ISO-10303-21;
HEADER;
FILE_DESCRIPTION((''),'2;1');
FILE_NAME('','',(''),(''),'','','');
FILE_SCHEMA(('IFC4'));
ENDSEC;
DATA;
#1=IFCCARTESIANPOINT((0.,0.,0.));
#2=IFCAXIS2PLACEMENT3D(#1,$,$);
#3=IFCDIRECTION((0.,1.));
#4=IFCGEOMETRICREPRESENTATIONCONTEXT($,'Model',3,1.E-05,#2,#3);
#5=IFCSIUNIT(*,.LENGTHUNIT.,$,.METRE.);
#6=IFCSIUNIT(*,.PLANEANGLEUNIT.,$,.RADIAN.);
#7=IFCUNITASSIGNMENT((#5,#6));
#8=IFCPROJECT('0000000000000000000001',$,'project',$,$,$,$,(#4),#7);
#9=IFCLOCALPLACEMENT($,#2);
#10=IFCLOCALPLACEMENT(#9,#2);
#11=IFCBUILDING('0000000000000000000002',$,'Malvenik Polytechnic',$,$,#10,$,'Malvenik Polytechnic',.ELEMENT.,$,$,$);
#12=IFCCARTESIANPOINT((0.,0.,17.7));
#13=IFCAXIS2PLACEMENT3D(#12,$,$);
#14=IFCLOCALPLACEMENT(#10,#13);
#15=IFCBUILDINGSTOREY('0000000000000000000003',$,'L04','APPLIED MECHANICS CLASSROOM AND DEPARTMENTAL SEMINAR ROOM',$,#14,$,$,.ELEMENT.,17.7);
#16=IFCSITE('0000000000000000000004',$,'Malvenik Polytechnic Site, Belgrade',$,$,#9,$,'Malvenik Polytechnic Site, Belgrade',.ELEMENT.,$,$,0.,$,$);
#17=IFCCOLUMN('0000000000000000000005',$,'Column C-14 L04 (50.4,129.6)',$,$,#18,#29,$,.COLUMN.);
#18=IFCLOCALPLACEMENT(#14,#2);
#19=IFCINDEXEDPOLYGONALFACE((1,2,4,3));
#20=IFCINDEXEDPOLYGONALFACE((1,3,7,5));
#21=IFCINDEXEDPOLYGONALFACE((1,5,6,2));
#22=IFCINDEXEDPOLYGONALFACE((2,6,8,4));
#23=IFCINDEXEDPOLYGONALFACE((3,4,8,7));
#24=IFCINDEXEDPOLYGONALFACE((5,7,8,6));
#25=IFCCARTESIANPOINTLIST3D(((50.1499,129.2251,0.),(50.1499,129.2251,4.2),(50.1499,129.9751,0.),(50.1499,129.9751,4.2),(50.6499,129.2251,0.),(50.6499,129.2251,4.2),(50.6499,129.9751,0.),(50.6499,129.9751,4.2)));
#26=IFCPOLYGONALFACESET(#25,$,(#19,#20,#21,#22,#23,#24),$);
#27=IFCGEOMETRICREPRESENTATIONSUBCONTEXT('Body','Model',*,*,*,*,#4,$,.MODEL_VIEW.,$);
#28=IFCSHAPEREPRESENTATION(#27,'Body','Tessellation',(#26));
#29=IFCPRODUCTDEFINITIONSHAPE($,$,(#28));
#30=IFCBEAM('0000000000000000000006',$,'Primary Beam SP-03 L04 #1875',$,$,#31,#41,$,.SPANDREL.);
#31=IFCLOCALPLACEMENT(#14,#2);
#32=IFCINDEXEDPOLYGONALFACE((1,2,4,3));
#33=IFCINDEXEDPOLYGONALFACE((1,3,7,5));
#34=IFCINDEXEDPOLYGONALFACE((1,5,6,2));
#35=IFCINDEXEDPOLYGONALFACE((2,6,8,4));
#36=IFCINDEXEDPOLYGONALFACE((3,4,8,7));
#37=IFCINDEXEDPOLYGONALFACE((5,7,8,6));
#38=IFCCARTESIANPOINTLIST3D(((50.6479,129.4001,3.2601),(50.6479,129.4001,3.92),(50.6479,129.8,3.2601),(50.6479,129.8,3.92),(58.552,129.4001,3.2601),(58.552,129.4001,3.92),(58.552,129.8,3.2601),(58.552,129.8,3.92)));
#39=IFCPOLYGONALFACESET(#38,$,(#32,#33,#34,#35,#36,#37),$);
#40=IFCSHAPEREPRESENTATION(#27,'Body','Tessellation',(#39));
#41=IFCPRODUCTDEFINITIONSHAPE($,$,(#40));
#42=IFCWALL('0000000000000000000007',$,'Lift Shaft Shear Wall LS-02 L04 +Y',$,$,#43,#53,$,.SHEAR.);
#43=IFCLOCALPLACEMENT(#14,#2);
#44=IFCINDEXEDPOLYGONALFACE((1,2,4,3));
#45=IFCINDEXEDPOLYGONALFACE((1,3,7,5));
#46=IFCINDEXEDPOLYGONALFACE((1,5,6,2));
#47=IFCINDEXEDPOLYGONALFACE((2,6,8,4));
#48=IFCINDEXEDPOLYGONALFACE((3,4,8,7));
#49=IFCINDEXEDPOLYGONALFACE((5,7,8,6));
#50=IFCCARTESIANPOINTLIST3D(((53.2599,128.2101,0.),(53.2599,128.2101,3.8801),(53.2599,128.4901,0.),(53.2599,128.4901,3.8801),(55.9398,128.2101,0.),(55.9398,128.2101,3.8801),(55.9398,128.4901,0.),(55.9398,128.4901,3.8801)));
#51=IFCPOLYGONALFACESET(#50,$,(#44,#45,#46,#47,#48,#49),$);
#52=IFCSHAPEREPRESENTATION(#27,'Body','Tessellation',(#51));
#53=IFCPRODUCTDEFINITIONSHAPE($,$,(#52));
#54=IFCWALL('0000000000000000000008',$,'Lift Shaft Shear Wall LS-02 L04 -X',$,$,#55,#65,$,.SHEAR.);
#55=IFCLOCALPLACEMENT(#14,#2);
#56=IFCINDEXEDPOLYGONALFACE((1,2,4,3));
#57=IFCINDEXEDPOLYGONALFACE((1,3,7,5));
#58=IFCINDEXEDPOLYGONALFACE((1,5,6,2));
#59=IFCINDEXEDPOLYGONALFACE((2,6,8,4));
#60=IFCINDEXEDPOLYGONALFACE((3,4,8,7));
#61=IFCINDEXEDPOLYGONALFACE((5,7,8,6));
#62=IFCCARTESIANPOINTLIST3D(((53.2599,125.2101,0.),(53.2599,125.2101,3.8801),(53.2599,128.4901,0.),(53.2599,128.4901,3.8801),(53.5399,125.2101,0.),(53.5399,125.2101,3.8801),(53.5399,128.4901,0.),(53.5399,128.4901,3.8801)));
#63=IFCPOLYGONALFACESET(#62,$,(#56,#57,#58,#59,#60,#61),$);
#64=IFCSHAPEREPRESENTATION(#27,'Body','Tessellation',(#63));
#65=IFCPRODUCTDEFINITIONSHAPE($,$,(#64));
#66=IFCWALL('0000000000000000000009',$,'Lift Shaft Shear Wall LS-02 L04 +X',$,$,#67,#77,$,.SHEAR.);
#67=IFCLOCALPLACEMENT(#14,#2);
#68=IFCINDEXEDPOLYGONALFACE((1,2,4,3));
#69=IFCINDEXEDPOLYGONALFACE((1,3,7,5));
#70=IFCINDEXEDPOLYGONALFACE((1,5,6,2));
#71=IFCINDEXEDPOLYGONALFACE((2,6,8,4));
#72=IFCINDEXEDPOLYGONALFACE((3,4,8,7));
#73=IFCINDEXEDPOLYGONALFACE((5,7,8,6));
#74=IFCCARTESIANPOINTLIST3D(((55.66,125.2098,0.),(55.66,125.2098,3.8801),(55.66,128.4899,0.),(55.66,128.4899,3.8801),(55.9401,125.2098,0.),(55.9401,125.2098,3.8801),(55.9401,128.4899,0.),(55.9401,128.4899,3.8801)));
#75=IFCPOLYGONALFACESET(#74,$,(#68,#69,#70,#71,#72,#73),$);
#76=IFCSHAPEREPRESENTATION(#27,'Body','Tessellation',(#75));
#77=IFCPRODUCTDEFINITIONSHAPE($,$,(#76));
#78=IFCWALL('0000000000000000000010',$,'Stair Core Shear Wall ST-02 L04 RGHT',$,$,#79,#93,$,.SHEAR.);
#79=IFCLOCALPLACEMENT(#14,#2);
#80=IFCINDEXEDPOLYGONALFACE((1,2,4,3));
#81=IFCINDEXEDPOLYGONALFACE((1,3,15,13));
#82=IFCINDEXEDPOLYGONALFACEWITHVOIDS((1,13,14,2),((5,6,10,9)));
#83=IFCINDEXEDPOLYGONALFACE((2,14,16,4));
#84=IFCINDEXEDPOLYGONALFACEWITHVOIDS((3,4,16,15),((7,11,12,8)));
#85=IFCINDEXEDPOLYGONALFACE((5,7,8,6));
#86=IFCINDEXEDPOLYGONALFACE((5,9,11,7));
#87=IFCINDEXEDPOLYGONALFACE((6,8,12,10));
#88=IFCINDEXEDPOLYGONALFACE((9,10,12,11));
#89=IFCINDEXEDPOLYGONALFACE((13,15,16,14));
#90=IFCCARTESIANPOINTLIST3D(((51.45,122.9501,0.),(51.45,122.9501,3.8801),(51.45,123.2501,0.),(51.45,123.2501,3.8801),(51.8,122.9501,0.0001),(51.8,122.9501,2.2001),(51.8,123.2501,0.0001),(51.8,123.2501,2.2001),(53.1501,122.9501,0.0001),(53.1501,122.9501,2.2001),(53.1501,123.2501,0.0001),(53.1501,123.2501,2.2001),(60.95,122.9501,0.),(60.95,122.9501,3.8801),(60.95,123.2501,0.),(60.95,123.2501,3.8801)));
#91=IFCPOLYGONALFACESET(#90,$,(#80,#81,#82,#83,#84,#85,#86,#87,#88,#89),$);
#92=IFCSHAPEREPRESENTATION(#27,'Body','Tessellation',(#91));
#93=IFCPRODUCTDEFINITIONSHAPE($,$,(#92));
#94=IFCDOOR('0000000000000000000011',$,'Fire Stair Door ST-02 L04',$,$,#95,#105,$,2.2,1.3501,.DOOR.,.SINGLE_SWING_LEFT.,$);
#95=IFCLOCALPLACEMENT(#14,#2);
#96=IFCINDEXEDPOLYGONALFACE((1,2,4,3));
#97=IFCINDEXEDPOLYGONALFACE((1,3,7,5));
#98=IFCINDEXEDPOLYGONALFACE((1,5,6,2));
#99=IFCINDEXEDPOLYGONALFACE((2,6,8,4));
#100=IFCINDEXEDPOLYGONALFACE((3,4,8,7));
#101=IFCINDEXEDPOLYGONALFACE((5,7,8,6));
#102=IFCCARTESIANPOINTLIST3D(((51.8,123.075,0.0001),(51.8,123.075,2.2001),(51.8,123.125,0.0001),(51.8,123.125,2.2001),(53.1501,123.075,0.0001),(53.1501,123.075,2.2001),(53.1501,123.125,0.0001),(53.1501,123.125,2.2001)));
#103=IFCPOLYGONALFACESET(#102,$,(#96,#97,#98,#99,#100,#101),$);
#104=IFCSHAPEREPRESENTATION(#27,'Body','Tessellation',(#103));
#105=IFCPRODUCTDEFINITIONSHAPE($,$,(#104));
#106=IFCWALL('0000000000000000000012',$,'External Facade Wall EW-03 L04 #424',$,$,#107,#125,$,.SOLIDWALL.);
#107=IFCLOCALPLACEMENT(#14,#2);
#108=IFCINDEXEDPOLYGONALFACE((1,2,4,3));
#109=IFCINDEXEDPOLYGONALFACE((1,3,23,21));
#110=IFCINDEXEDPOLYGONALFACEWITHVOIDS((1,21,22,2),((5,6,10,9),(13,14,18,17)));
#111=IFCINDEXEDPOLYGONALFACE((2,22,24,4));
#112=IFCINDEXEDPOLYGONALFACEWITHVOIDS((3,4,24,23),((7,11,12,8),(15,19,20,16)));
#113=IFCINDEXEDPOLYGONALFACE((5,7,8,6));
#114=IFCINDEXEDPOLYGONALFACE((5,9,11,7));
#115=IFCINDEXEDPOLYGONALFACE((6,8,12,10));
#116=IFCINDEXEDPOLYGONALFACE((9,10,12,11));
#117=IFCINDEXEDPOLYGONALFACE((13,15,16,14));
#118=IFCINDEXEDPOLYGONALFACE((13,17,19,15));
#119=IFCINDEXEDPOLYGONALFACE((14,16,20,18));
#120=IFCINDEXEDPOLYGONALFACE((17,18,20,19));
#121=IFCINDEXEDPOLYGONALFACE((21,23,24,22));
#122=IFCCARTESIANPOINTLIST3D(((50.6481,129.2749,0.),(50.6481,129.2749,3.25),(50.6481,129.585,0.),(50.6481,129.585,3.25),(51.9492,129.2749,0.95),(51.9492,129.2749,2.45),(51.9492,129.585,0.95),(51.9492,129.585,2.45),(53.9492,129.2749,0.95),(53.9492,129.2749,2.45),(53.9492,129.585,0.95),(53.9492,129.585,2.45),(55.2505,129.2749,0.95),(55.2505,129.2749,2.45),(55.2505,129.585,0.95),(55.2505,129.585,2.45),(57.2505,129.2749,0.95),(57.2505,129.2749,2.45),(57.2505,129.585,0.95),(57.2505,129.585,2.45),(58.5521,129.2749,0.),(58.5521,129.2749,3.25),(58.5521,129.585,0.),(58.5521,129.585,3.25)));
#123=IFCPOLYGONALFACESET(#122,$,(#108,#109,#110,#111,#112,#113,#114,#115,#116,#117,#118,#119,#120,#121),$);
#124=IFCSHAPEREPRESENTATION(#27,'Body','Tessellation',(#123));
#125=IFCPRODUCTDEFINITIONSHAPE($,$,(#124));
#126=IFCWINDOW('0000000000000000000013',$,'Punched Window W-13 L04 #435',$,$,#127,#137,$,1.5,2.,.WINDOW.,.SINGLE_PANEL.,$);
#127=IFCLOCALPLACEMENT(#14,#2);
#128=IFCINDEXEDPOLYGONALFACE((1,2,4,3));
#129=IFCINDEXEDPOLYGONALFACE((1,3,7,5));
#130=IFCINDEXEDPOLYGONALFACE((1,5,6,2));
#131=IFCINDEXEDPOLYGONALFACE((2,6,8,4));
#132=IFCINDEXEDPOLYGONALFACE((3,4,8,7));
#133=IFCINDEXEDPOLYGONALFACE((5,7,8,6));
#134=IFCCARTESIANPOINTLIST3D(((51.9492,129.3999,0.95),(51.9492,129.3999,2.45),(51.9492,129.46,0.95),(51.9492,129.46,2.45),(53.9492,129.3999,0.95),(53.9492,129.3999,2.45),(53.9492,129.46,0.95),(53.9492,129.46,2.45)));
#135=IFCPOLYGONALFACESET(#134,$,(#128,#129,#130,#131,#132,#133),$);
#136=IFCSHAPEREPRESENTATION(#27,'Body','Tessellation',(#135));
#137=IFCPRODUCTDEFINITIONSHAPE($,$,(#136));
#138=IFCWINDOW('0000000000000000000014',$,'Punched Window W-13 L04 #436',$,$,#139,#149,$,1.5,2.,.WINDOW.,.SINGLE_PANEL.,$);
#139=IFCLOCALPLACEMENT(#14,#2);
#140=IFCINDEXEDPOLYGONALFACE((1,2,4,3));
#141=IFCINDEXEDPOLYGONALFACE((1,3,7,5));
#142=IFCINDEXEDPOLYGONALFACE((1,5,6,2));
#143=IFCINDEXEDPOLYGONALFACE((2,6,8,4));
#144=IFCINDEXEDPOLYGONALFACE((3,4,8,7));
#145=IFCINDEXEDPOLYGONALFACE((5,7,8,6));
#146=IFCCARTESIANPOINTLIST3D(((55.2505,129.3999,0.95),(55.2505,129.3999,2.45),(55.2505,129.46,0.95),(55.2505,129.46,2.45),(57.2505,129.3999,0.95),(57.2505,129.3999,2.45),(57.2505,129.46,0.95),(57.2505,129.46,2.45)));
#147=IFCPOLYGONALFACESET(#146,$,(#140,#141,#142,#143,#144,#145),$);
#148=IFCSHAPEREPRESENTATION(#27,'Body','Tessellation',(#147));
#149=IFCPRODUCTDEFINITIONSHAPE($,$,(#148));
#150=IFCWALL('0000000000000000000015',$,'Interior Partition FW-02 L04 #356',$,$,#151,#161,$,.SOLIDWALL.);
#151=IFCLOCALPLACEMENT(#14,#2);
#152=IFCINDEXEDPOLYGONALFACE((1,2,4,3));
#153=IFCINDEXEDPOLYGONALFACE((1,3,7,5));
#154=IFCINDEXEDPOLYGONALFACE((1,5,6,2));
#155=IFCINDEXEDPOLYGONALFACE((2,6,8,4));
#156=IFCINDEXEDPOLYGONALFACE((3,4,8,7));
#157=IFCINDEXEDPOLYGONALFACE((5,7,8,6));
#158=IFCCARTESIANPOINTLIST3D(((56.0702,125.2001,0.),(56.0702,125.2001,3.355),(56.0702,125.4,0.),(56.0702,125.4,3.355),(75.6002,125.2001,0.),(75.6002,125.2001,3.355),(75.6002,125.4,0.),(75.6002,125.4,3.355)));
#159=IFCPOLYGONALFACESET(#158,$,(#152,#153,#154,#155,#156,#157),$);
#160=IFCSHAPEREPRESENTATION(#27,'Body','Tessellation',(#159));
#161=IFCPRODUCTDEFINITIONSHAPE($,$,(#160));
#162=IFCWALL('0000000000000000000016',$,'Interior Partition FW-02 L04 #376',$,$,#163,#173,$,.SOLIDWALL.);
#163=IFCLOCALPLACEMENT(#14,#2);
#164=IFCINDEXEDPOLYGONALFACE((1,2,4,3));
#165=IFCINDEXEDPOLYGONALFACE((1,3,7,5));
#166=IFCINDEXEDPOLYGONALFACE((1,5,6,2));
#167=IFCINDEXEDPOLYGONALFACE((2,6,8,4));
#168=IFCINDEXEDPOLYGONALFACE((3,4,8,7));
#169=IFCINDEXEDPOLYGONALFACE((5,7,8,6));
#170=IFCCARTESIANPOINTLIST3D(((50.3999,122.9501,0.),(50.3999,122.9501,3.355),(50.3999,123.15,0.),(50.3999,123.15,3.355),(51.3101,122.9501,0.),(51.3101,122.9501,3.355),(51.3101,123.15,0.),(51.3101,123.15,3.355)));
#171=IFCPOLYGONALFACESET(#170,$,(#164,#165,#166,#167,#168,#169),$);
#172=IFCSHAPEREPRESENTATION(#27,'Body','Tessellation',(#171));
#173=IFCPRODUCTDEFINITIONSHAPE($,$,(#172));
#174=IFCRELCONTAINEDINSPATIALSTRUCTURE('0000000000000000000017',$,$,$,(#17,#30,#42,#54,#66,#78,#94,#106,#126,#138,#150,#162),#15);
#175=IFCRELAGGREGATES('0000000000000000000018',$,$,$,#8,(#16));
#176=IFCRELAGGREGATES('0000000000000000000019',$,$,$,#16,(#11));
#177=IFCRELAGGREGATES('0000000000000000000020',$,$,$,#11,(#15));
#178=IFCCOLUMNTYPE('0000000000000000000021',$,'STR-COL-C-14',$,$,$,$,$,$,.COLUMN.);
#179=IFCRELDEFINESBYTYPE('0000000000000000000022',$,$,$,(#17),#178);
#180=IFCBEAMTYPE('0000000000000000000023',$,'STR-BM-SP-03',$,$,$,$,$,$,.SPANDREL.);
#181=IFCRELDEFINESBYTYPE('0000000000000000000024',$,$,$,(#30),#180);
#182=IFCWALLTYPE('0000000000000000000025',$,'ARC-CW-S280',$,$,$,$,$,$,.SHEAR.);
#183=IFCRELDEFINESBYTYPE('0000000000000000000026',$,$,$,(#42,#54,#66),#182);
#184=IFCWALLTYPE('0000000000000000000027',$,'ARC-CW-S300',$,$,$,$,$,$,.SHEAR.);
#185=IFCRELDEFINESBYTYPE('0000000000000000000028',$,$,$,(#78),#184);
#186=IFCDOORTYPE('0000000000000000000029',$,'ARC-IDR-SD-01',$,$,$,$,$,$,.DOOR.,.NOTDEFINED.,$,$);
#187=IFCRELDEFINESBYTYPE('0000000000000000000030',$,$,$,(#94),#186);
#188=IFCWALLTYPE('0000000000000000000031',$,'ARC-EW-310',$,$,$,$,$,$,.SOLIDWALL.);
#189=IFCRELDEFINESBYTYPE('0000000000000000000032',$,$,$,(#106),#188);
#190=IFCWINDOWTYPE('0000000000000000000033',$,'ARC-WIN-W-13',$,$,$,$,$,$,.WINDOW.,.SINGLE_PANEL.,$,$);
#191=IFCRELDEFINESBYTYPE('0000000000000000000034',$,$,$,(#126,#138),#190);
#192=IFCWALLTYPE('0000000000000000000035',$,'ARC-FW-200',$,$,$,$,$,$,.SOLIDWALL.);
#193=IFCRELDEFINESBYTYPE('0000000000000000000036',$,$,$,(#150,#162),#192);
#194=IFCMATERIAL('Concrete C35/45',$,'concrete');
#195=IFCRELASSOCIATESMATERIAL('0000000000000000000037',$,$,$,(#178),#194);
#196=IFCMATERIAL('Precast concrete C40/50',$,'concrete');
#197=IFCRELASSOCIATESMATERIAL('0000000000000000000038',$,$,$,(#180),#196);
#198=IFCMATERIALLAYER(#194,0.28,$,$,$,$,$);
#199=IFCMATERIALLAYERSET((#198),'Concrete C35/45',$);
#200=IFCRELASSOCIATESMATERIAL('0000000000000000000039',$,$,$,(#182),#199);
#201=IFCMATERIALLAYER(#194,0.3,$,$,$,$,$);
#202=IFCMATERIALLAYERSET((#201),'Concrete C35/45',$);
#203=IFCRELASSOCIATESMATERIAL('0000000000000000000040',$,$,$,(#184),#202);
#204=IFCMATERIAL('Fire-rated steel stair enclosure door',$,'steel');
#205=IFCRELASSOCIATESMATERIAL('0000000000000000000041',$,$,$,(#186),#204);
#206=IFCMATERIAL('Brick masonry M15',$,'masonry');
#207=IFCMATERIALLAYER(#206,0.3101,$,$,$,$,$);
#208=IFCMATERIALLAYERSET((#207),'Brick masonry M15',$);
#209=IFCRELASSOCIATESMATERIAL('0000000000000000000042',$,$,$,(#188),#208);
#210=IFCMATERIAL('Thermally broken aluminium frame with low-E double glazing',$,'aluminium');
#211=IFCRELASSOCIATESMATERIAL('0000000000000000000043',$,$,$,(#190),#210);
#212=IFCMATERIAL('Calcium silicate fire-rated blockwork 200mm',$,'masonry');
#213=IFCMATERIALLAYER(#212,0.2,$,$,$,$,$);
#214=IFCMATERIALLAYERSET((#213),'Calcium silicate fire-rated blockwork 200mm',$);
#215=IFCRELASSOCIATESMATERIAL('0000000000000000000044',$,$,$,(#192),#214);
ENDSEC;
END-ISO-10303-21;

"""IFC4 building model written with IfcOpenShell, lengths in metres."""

from ifc_helpers import new_model, si_unit, direction, frame, frame_2d, origin, origin_2d, place, context, subcontext, project, spatial, rectangle, extrude, material, layer, layer_set, material_profile, profile_set, type_object, element, fill, save


model = new_model("IFC4")

# Units and contexts
model_context = context("Model", 3, precision=1e-05, world=origin(), true_north=direction((0.0, 1.0)))
body_context = subcontext(model_context, "Body", "Model", "MODEL_VIEW")
ifc_project = project(units=[si_unit("LENGTHUNIT", "METRE"), si_unit("PLANEANGLEUNIT", "RADIAN")], contexts=[model_context])

# Site, building, storey
site_placement = place(None, origin())
site = spatial("IfcSite", under=ifc_project, at=site_placement, Name="Malvenik Polytechnic Site, Belgrade", LongName="Malvenik Polytechnic Site, Belgrade", CompositionType="ELEMENT", RefElevation=0.0)
building_placement = place(site_placement, origin())
building = spatial("IfcBuilding", under=site, at=building_placement, Name="Malvenik Polytechnic", LongName="Malvenik Polytechnic", CompositionType="ELEMENT")
storey_placement = place(building_placement, frame((0.0, 0.0, 17.7)))
storey = spatial("IfcBuildingStorey", under=building, at=storey_placement, Name="L04", Description="APPLIED MECHANICS CLASSROOM AND DEPARTMENTAL SEMINAR ROOM", CompositionType="ELEMENT", Elevation=17.7)

# Column
ifc_material_1 = material(Name="Concrete C35/45", Category="concrete")
ifc_material_profile_1 = material_profile(ifc_material_1, rectangle(XDim=0.5, YDim=0.75, at=origin_2d()), Name="RC COL 750x500")
ifc_profile_set_1 = profile_set([ifc_material_profile_1], Name="Concrete C35/45")
column_type = type_object("IfcColumnType", Name="STR-COL-C-14", PredefinedType="COLUMN", material=ifc_profile_set_1)
column_placement = place(storey_placement, frame((50.3999, 129.6001, 0.0), z_axis=(0.0, 0.0, 1.0), x_axis=(1.0, 0.0, 0.0)))
element("IfcColumn", 1, at=column_placement, inside=storey, type_object=column_type, Name="Column C-14 L04 (50.4,129.6)", PredefinedType="COLUMN", context=body_context, shape_type="SweptSolid", body=[
    extrude(rectangle(XDim=0.5, YDim=0.75, at=origin_2d()), origin(), (0.0, 0.0, 1.0), 4.2),
])

# Beam
ifc_material_2 = material(Name="Precast concrete C40/50", Category="concrete")
ifc_material_profile_2 = material_profile(ifc_material_2, rectangle(XDim=0.3999, YDim=0.6599, at=origin_2d()), Name="PC SPN 400x660")
ifc_profile_set_2 = profile_set([ifc_material_profile_2], Name="Precast concrete C40/50")
beam_type = type_object("IfcBeamType", Name="STR-BM-SP-03", PredefinedType="SPANDREL", material=ifc_profile_set_2)
beam_placement = place(storey_placement, frame((50.6479, 129.6001, 3.5901), z_axis=(1.0, 0.0, 0.0), x_axis=(0.0, 1.0, 0.0)))
element("IfcBeam", 2, at=beam_placement, inside=storey, type_object=beam_type, Name="Primary Beam SP-03 L04 #1875", PredefinedType="SPANDREL", context=body_context, shape_type="SweptSolid", body=[
    extrude(rectangle(XDim=0.3999, YDim=0.6599, at=origin_2d()), origin(), (0.0, 0.0, 1.0), 7.9041),
])

# Shared definitions
ifc_layer_1 = layer(ifc_material_1, 0.28)
ifc_layer_set_1 = layer_set([ifc_layer_1], Name="Concrete C35/45")
wall_type_1 = type_object("IfcWallType", Name="ARC-CW-S280", PredefinedType="SHEAR", material=ifc_layer_set_1)

# Walls
wall_1_placement = place(storey_placement, frame((53.26, 128.3501, 0.0), z_axis=(0.0, 0.0, 1.0), x_axis=(1.0, 0.0, 0.0)))
element("IfcWall", 3, at=wall_1_placement, inside=storey, type_object=wall_type_1, Name="Lift Shaft Shear Wall LS-02 L04 +Y", PredefinedType="SHEAR", context=body_context, shape_type="SweptSolid", body=[
    extrude(rectangle(XDim=2.6799, YDim=0.28, at=frame_2d((1.3398, 0.0))), origin(), (0.0, 0.0, 1.0), 3.8801),
])
for number, where, z_axis, x_axis, name in (
    (4, (53.3999, 125.21, 0.0), (0.0, 0.0, 1.0), (0.0, 1.0, 0.0), "Lift Shaft Shear Wall LS-02 L04 -X"),
    (5, (55.8, 128.49, 0.0), (0.0, 0.0, 1.0), (0.0, -1.0, 0.0), "Lift Shaft Shear Wall LS-02 L04 +X"),
):
    element("IfcWall", number, at=place(storey_placement, frame(where, z_axis=z_axis, x_axis=x_axis)), inside=storey, type_object=wall_type_1, Name=name, PredefinedType="SHEAR", context=body_context, shape_type="SweptSolid", body=[
        extrude(rectangle(XDim=3.28, YDim=0.28, at=frame_2d((1.6401, 0.0))), origin(), (0.0, 0.0, 1.0), 3.8801),
    ])

# Wall, opening, door
ifc_layer_2 = layer(ifc_material_1, 0.3)
ifc_layer_set_2 = layer_set([ifc_layer_2], Name="Concrete C35/45")
wall_type_2 = type_object("IfcWallType", Name="ARC-CW-S300", PredefinedType="SHEAR", material=ifc_layer_set_2)
wall_2_placement = place(storey_placement, frame((51.45, 123.1001, 0.0), z_axis=(0.0, 0.0, 1.0), x_axis=(1.0, 0.0, 0.0)))
wall_2 = element("IfcWall", 6, at=wall_2_placement, inside=storey, type_object=wall_type_2, Name="Stair Core Shear Wall ST-02 L04 RGHT", PredefinedType="SHEAR", context=body_context, shape_type="SweptSolid", body=[
    extrude(rectangle(XDim=9.5, YDim=0.3, at=frame_2d((4.75, 0.0))), origin(), (0.0, 0.0, 1.0), 3.8801),
])
opening_1_placement = place(wall_2_placement, frame((0.3501, 0.0, 0.0)))
opening_1 = element("IfcOpeningElement", 7, at=opening_1_placement, cuts=wall_2, PredefinedType="OPENING", context=body_context, shape_type="SweptSolid", body=[
    extrude(rectangle(XDim=1.3501, YDim=2.2, at=frame_2d((0.675, 1.1001))), frame((0.0, 0.1602, 0.0), z_axis=(0.0, -1.0, 0.0), x_axis=(1.0, 0.0, 0.0)), (0.0, 0.0, 1.0), 0.3201),
])
ifc_material_3 = material(Name="Fire-rated steel stair enclosure door", Category="steel")
door_type_1 = type_object("IfcDoorType", Name="ARC-IDR-SD-01", OperationType="NOTDEFINED", PredefinedType="DOOR", material=ifc_material_3)
door_1_placement = place(opening_1_placement, origin())
door_1 = element("IfcDoor", 8, at=door_1_placement, inside=storey, type_object=door_type_1, Name="Fire Stair Door ST-02 L04", OperationType="SINGLE_SWING_LEFT", OverallHeight=2.2, OverallWidth=1.3501, PredefinedType="DOOR", context=body_context, shape_type="SweptSolid", body=[
    extrude(rectangle(XDim=1.3501, YDim=2.2, at=frame_2d((0.675, 1.1001))), frame((0.0, 0.0249, 0.0), z_axis=(0.0, -1.0, 0.0), x_axis=(1.0, 0.0, 0.0)), (0.0, 0.0, 1.0), 0.05),
])
fill(opening_1, door_1)

# Wall, openings, windows
ifc_material_4 = material(Name="Brick masonry M15", Category="masonry")
ifc_layer_3 = layer(ifc_material_4, 0.3101)
ifc_layer_set_3 = layer_set([ifc_layer_3], Name="Brick masonry M15")
wall_type_3 = type_object("IfcWallType", Name="ARC-EW-310", PredefinedType="SOLIDWALL", material=ifc_layer_set_3)
wall_3_placement = place(storey_placement, frame((50.6479, 129.4299, 0.0), z_axis=(0.0, 0.0, 1.0), x_axis=(1.0, 0.0, 0.0)))
wall_3 = element("IfcWall", 9, at=wall_3_placement, inside=storey, type_object=wall_type_3, Name="External Facade Wall EW-03 L04 #424", PredefinedType="SOLIDWALL", context=body_context, shape_type="SweptSolid", body=[
    extrude(rectangle(XDim=7.9041, YDim=0.3101, at=frame_2d((3.9521, 0.0))), origin(), (0.0, 0.0, 1.0), 3.25),
])
opening_2_placement = place(wall_3_placement, frame((1.3013, 0.0, 0.95)))
opening_2 = element("IfcOpeningElement", 10, at=opening_2_placement, cuts=wall_3, PredefinedType="OPENING", context=body_context, shape_type="SweptSolid", body=[
    extrude(rectangle(XDim=2.0, YDim=1.5, at=frame_2d((1.0, 0.75))), frame((0.0, 0.165, 0.0), z_axis=(0.0, -1.0, 0.0), x_axis=(1.0, 0.0, 0.0)), (0.0, 0.0, 1.0), 0.3301),
])
opening_3_placement = place(wall_3_placement, frame((4.6025, 0.0, 0.95)))
opening_3 = element("IfcOpeningElement", 11, at=opening_3_placement, cuts=wall_3, PredefinedType="OPENING", context=body_context, shape_type="SweptSolid", body=[
    extrude(rectangle(XDim=2.0, YDim=1.5, at=frame_2d((1.0, 0.75))), frame((0.0, 0.165, 0.0), z_axis=(0.0, -1.0, 0.0), x_axis=(1.0, 0.0, 0.0)), (0.0, 0.0, 1.0), 0.3301),
])
ifc_material_5 = material(Name="Thermally broken aluminium frame with low-E double glazing", Category="aluminium")
window_type = type_object("IfcWindowType", Name="ARC-WIN-W-13", PartitioningType="SINGLE_PANEL", PredefinedType="WINDOW", material=ifc_material_5)
window_1_placement = place(opening_2_placement, origin())
window_1 = element("IfcWindow", 12, at=window_1_placement, inside=storey, type_object=window_type, Name="Punched Window W-13 L04 #435", OverallHeight=1.5, OverallWidth=2.0, PartitioningType="SINGLE_PANEL", PredefinedType="WINDOW", context=body_context, shape_type="SweptSolid", body=[
    extrude(rectangle(XDim=2.0, YDim=1.5, at=frame_2d((1.0, 0.75))), frame((0.0, 0.03, 0.0), z_axis=(0.0, -1.0, 0.0), x_axis=(1.0, 0.0, 0.0)), (0.0, 0.0, 1.0), 0.0601),
])
fill(opening_2, window_1)
window_2_placement = place(opening_3_placement, origin())
window_2 = element("IfcWindow", 13, at=window_2_placement, inside=storey, type_object=window_type, Name="Punched Window W-13 L04 #436", OverallHeight=1.5, OverallWidth=2.0, PartitioningType="SINGLE_PANEL", PredefinedType="WINDOW", context=body_context, shape_type="SweptSolid", body=[
    extrude(rectangle(XDim=2.0, YDim=1.5, at=frame_2d((1.0, 0.75))), frame((0.0, 0.03, 0.0), z_axis=(0.0, -1.0, 0.0), x_axis=(1.0, 0.0, 0.0)), (0.0, 0.0, 1.0), 0.0601),
])
fill(opening_3, window_2)

# Walls
ifc_material_6 = material(Name="Calcium silicate fire-rated blockwork 200mm", Category="masonry")
ifc_layer_4 = layer(ifc_material_6, 0.2)
ifc_layer_set_4 = layer_set([ifc_layer_4], Name="Calcium silicate fire-rated blockwork 200mm")
wall_type_4 = type_object("IfcWallType", Name="ARC-FW-200", PredefinedType="SOLIDWALL", material=ifc_layer_set_4)
wall_4_placement = place(storey_placement, frame((56.0701, 125.3, 0.0), z_axis=(0.0, 0.0, 1.0), x_axis=(1.0, 0.0, 0.0)))
element("IfcWall", 14, at=wall_4_placement, inside=storey, type_object=wall_type_4, Name="Interior Partition FW-02 L04 #356", PredefinedType="SOLIDWALL", context=body_context, shape_type="SweptSolid", body=[
    extrude(rectangle(XDim=19.53, YDim=0.2, at=frame_2d((9.7651, 0.0))), origin(), (0.0, 0.0, 1.0), 3.355),
])
wall_5_placement = place(storey_placement, frame((51.3101, 123.05, 0.0), z_axis=(0.0, 0.0, 1.0), x_axis=(-1.0, 0.0, 0.0)))
element("IfcWall", 15, at=wall_5_placement, inside=storey, type_object=wall_type_4, Name="Interior Partition FW-02 L04 #376", PredefinedType="SOLIDWALL", context=body_context, shape_type="SweptSolid", body=[
    extrude(rectangle(XDim=0.9102, YDim=0.2, at=frame_2d((0.4551, 0.0))), origin(), (0.0, 0.0, 1.0), 3.355),
])

save(model, "model.ifc")
